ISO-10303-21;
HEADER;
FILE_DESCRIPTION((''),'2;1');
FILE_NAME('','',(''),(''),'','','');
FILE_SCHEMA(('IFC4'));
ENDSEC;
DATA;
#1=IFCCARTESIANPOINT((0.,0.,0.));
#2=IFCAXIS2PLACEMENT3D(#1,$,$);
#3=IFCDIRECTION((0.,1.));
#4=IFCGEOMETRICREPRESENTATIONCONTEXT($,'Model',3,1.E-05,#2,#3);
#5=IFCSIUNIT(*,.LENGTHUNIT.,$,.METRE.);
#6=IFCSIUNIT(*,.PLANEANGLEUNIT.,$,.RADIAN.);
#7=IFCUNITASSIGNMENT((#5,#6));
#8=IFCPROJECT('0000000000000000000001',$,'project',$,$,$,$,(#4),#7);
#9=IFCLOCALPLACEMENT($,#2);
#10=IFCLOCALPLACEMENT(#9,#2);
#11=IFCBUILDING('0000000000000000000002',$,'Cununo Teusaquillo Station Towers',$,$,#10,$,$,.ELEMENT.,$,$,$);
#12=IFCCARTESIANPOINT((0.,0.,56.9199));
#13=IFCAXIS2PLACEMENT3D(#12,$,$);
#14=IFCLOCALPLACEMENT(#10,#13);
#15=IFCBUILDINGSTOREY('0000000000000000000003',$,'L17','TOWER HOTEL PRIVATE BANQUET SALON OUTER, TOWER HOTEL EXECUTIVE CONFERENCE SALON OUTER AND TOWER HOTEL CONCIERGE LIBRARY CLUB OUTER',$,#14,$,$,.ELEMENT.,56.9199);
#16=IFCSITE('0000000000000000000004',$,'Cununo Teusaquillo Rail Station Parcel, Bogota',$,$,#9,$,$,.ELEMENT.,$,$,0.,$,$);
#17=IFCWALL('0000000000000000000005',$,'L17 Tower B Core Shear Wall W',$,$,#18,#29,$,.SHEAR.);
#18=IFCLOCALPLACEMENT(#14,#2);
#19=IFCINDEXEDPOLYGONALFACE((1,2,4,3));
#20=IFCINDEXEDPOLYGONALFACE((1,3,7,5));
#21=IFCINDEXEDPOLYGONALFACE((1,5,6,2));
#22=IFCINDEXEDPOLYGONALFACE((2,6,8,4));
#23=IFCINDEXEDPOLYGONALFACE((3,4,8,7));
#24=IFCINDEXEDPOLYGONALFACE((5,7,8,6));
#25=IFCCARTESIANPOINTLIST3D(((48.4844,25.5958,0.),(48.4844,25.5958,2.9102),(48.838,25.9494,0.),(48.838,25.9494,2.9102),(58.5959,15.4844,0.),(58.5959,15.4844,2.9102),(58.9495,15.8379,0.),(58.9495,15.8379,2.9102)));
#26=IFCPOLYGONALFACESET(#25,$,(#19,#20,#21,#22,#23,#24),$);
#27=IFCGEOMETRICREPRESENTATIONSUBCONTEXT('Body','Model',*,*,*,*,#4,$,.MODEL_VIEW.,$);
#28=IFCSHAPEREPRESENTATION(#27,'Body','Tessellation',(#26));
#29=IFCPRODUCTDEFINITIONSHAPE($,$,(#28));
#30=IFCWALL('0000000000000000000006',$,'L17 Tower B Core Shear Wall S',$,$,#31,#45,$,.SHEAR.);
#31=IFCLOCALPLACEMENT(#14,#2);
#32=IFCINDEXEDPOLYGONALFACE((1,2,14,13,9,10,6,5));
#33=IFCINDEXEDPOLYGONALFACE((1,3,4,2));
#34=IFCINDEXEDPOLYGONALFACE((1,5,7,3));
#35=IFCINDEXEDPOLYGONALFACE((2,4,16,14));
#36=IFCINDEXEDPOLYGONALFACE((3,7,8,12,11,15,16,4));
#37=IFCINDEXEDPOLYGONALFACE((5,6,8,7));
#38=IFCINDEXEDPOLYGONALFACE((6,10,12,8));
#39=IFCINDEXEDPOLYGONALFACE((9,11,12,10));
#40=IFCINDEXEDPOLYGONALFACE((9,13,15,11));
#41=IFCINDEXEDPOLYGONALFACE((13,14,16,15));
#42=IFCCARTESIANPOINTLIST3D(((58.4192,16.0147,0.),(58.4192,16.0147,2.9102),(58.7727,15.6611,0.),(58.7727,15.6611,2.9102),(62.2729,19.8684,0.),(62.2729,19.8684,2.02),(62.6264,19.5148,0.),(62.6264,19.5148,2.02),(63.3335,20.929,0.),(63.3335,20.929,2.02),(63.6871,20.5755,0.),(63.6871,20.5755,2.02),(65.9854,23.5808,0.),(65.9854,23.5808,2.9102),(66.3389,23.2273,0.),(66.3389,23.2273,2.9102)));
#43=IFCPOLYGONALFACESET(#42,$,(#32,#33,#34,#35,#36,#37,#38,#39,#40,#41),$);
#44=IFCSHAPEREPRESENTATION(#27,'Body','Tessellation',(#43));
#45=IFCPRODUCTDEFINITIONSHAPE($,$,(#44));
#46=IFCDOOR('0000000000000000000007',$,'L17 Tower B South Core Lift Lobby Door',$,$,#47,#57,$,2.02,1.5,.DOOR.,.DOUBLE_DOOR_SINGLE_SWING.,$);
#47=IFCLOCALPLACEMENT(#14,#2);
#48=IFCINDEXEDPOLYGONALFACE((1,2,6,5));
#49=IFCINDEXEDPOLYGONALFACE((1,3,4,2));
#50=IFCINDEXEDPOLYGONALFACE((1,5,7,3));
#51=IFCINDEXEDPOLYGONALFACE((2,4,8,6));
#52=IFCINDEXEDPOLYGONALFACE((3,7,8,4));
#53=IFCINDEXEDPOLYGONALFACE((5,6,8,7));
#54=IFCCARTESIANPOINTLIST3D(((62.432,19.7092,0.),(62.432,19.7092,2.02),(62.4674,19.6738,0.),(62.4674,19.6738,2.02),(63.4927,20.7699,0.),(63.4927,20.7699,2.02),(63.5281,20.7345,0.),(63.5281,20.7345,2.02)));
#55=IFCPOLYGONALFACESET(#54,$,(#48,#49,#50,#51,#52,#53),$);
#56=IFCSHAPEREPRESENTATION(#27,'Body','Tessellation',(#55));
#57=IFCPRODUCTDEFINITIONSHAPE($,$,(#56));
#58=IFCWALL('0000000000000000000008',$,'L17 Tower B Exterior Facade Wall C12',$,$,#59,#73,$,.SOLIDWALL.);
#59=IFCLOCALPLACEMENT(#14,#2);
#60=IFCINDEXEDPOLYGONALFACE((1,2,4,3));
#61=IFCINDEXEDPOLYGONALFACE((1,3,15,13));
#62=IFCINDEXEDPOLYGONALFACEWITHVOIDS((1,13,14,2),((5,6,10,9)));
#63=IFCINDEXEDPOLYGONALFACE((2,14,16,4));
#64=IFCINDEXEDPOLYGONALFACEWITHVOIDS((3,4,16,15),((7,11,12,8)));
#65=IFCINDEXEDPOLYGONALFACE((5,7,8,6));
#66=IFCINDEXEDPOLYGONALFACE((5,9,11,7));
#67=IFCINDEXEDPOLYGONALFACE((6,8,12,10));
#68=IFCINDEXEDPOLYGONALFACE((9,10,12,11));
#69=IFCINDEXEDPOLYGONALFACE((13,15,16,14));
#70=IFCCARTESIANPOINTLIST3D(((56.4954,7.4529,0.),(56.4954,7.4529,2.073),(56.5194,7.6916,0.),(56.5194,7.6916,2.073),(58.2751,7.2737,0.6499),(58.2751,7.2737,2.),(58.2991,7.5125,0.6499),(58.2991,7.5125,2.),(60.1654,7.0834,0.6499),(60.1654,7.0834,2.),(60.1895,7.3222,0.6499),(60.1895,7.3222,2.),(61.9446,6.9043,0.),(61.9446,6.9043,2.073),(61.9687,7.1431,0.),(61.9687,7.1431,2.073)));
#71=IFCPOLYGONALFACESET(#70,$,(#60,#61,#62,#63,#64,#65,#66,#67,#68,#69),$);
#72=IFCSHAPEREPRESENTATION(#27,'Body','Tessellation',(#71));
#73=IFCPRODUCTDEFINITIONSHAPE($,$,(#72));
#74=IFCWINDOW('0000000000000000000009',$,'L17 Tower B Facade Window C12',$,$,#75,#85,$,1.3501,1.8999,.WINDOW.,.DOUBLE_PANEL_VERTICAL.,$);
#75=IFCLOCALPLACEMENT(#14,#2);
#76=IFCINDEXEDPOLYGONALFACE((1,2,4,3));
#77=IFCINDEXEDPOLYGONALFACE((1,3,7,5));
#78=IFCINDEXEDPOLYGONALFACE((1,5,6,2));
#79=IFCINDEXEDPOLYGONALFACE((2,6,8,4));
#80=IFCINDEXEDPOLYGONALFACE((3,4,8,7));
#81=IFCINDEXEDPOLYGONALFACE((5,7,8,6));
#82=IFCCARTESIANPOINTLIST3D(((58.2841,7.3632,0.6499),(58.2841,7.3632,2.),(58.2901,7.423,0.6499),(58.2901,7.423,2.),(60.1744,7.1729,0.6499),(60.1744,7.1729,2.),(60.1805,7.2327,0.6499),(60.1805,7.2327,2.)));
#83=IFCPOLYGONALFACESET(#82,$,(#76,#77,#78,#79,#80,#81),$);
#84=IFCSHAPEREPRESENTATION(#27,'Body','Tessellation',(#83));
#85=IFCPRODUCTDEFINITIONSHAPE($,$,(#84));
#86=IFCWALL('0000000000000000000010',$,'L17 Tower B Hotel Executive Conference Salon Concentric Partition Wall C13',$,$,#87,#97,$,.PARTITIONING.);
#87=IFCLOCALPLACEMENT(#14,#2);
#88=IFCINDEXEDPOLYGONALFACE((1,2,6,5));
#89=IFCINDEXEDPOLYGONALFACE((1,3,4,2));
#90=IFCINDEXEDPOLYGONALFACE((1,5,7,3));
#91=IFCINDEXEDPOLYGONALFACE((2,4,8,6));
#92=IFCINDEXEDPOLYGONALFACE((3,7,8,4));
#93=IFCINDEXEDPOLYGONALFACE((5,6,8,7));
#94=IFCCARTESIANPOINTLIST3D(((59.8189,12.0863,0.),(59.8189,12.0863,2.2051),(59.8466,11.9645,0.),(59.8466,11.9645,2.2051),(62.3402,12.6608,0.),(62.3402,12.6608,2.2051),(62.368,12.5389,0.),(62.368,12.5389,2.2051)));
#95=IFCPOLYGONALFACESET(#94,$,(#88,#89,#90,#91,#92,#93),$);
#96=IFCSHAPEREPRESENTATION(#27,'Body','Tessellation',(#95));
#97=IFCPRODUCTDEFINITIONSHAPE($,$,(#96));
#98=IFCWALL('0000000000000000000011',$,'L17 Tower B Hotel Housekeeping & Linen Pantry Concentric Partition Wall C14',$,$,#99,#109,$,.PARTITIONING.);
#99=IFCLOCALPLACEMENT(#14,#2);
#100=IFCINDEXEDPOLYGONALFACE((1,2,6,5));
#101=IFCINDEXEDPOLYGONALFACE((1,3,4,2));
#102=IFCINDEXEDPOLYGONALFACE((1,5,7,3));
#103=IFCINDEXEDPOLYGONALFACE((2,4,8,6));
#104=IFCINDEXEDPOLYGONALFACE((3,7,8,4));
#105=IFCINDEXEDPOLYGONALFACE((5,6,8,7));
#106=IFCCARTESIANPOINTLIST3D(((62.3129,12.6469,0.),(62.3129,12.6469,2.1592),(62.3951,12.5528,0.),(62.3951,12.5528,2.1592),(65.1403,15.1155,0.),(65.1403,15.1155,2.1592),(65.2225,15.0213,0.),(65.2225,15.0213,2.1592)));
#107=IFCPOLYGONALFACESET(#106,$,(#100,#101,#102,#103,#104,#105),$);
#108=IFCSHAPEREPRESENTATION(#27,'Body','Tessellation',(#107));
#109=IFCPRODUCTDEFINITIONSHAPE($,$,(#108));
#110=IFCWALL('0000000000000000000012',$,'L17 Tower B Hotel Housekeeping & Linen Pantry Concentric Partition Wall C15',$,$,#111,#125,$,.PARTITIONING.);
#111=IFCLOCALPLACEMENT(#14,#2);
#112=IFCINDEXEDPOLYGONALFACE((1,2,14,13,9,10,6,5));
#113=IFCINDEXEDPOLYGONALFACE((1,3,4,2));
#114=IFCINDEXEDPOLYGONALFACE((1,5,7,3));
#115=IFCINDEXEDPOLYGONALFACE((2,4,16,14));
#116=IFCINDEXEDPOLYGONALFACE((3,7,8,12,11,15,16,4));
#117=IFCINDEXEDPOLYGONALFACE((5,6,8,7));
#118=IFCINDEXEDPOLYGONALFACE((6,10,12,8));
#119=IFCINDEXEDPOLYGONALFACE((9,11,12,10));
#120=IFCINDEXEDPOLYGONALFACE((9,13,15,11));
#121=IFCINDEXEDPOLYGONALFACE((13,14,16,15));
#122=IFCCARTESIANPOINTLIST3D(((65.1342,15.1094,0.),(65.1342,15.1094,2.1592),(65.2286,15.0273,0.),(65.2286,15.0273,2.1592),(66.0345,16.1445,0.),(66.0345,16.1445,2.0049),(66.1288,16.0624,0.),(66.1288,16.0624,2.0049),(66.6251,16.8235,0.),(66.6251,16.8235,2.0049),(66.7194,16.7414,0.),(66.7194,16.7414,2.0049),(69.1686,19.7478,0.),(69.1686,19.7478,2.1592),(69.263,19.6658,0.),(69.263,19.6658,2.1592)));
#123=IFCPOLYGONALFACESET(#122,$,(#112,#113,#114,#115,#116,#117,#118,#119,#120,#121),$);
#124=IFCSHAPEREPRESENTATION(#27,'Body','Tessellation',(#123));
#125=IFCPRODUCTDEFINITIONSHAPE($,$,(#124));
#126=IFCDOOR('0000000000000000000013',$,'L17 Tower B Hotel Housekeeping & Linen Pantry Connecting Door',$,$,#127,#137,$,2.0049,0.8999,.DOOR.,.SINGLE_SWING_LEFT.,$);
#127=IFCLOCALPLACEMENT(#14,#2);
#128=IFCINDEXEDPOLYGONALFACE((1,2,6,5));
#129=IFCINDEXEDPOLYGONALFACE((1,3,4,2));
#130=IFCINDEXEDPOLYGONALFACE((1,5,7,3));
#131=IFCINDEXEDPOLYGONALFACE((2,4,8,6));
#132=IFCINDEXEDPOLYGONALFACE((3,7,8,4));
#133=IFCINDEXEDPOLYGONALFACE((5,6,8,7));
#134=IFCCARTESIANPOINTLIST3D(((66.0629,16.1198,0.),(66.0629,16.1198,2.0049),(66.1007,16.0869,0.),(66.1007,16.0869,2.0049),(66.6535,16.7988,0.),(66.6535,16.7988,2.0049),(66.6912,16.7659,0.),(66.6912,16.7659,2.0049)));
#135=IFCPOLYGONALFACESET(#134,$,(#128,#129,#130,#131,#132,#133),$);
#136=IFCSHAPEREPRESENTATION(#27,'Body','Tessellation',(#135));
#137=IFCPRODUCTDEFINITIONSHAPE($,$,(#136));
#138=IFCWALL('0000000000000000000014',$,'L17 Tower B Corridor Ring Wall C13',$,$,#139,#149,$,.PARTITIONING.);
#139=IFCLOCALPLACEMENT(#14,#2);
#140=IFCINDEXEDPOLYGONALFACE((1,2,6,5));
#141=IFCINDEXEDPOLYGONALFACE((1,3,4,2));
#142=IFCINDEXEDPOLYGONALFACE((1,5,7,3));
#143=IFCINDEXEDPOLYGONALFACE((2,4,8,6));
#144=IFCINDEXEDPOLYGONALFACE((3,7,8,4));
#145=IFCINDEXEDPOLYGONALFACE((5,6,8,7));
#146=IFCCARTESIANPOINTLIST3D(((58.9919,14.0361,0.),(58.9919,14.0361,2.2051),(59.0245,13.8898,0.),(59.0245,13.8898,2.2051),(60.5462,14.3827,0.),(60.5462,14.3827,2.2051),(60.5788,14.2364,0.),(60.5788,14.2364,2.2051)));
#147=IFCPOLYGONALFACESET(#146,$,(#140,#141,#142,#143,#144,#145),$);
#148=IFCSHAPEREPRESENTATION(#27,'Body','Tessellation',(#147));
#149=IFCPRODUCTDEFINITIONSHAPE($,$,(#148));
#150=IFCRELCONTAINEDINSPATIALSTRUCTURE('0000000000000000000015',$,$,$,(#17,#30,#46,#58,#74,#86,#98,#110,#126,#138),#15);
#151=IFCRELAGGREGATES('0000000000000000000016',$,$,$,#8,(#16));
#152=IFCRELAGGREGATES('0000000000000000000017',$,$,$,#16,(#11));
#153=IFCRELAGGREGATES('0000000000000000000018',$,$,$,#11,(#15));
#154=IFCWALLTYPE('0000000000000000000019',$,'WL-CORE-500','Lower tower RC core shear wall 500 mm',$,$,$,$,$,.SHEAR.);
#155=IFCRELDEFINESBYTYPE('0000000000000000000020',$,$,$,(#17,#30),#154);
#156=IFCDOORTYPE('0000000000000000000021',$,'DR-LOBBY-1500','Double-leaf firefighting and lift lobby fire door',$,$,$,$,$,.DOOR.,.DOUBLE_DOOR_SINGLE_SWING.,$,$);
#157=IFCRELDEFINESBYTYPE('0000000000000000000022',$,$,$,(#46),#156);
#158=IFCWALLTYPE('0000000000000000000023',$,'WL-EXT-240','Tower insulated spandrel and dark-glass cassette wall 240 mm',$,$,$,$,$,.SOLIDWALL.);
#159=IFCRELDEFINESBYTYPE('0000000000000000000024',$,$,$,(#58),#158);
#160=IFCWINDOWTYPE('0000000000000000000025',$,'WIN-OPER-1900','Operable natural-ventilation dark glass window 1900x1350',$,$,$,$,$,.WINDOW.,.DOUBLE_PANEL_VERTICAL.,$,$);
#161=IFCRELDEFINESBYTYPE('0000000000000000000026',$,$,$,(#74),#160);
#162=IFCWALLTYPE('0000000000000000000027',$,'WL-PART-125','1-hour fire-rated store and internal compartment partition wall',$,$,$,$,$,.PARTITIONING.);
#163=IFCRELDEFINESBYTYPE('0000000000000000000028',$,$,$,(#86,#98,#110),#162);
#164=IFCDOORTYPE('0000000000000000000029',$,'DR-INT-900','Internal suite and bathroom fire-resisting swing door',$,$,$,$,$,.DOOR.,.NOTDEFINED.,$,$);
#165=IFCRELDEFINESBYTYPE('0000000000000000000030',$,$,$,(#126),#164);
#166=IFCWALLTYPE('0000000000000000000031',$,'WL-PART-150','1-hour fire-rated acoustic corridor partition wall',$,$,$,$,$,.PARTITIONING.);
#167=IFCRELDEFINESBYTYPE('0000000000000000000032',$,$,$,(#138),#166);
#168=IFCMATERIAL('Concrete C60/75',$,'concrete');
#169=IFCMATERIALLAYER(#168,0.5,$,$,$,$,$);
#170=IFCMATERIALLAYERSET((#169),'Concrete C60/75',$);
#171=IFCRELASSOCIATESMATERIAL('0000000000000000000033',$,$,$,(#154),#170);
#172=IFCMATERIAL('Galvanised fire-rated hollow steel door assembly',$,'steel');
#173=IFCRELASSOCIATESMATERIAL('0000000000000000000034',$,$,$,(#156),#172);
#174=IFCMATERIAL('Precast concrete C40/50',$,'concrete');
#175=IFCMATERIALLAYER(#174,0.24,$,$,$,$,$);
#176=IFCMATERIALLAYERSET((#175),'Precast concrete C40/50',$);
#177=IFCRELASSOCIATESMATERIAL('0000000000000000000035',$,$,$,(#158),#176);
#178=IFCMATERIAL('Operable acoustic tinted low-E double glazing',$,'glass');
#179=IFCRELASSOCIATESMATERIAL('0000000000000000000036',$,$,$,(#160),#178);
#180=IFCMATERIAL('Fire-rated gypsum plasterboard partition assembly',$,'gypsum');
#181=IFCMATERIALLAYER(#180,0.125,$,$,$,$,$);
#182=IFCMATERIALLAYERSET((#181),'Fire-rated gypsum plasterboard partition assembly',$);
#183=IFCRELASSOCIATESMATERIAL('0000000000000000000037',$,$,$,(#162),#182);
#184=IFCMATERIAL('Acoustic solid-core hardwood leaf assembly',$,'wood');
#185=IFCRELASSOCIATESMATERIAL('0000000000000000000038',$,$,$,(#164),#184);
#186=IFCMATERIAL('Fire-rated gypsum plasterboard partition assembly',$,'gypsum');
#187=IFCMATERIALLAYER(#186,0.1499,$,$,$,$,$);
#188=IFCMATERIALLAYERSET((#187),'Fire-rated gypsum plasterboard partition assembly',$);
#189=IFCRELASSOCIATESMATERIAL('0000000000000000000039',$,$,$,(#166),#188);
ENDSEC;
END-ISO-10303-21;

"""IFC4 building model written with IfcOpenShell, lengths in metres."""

from ifc_helpers import new_model, si_unit, direction, frame, frame_2d, origin, place, context, subcontext, project, spatial, rectangle, extrude, source, transform, mapped, material, layer, layer_set, type_object, element, fill, save


model = new_model("IFC4")

# Units and contexts
model_context = context("Model", 3, precision=1e-05, world=origin(), true_north=direction((0.0, 1.0)))
body_context = subcontext(model_context, "Body", "Model", "MODEL_VIEW")
ifc_project = project(units=[si_unit("LENGTHUNIT", "METRE"), si_unit("PLANEANGLEUNIT", "RADIAN")], contexts=[model_context])

# Site, building, storey
site_placement = place(None, origin())
site = spatial("IfcSite", under=ifc_project, at=site_placement, Name="Cununo Teusaquillo Rail Station Parcel, Bogota", CompositionType="ELEMENT", RefElevation=0.0)
building_placement = place(site_placement, origin())
building = spatial("IfcBuilding", under=site, at=building_placement, Name="Cununo Teusaquillo Station Towers", CompositionType="ELEMENT")
storey_placement = place(building_placement, frame((0.0, 0.0, 56.9199)))
storey = spatial("IfcBuildingStorey", under=building, at=storey_placement, Name="L17", Description="TOWER HOTEL PRIVATE BANQUET SALON OUTER, TOWER HOTEL EXECUTIVE CONFERENCE SALON OUTER AND TOWER HOTEL CONCIERGE LIBRARY CLUB OUTER", CompositionType="ELEMENT", Elevation=56.9199)

# Wall
ifc_material_1 = material(Name="Concrete C60/75", Category="concrete")
ifc_layer_1 = layer(ifc_material_1, 0.5)
ifc_layer_set_1 = layer_set([ifc_layer_1], Name="Concrete C60/75")
wall_type_1 = type_object("IfcWallType", Name="WL-CORE-500", Description="Lower tower RC core shear wall 500 mm", PredefinedType="SHEAR", material=ifc_layer_set_1)
wall_1_placement = place(storey_placement, frame((58.7727, 15.6611, 0.0), z_axis=(0.0, 0.0, 1.0), x_axis=(-0.707107, 0.707107, 0.0)))
element("IfcWall", 1, at=wall_1_placement, inside=storey, type_object=wall_type_1, Name="L17 Tower B Core Shear Wall W", PredefinedType="SHEAR", context=body_context, shape_type="SweptSolid", body=[
    extrude(rectangle(XDim=14.2998, YDim=0.5, at=frame_2d((7.1499, 0.0))), origin(), (0.0, 0.0, 1.0), 2.9102),
])

# Wall, opening, door
wall_2_placement = place(storey_placement, frame((58.5959, 15.8379, 0.0), z_axis=(0.0, 0.0, 1.0), x_axis=(0.707107, 0.707107, 0.0)))
wall_2 = element("IfcWall", 2, at=wall_2_placement, inside=storey, type_object=wall_type_1, Name="L17 Tower B Core Shear Wall S", PredefinedType="SHEAR", context=body_context, shape_type="SweptSolid", body=[
    extrude(rectangle(XDim=10.7002, YDim=0.5, at=frame_2d((5.3501, 0.0))), origin(), (0.0, 0.0, 1.0), 2.9102),
])
shared_shape_1 = source(origin(), body_context, "Body", "SweptSolid", [
    extrude(rectangle(XDim=1.5, YDim=2.02, at=frame_2d((0.75, 1.01))), frame((0.0, 0.26, 0.0), z_axis=(0.0, -1.0, 0.0), x_axis=(1.0, 0.0, 0.0)), (0.0, 0.0, 1.0), 0.52),
])
opening_1_placement = place(wall_2_placement, frame((5.45, 0.0, 0.0)))
opening_1 = element("IfcOpeningElement", 3, at=opening_1_placement, cuts=wall_2, PredefinedType="OPENING", context=body_context, shape_type="MappedRepresentation", body=[
    mapped(shared_shape_1, transform((0.0, 0.0, 0.0), x_axis=(1.0, 0.0, 0.0), y_axis=(0.0, 1.0, 0.0), z_axis=(0.0, 0.0, 1.0), scale=1.0)),
])
ifc_material_2 = material(Name="Galvanised fire-rated hollow steel door assembly", Category="steel")
door_type_1 = type_object("IfcDoorType", Name="DR-LOBBY-1500", Description="Double-leaf firefighting and lift lobby fire door", OperationType="DOUBLE_DOOR_SINGLE_SWING", PredefinedType="DOOR", material=ifc_material_2)
shared_shape_2 = source(origin(), body_context, "Body", "SweptSolid", [
    extrude(rectangle(XDim=1.5, YDim=2.02, at=frame_2d((0.75, 1.01))), frame((0.0, 0.0249, 0.0), z_axis=(0.0, -1.0, 0.0), x_axis=(1.0, 0.0, 0.0)), (0.0, 0.0, 1.0), 0.05),
])
door_1_placement = place(opening_1_placement, origin())
door_1 = element("IfcDoor", 4, at=door_1_placement, inside=storey, type_object=door_type_1, Name="L17 Tower B South Core Lift Lobby Door", OperationType="DOUBLE_DOOR_SINGLE_SWING", OverallHeight=2.02, OverallWidth=1.5, PredefinedType="DOOR", context=body_context, shape_type="MappedRepresentation", body=[
    mapped(shared_shape_2, transform((0.0, 0.0, 0.0), x_axis=(1.0, 0.0, 0.0), y_axis=(0.0, 1.0, 0.0), z_axis=(0.0, 0.0, 1.0), scale=1.0)),
])
fill(opening_1, door_1)

# Wall, opening, window
ifc_material_3 = material(Name="Precast concrete C40/50", Category="concrete")
ifc_layer_2 = layer(ifc_material_3, 0.24)
ifc_layer_set_2 = layer_set([ifc_layer_2], Name="Precast concrete C40/50")
wall_type_2 = type_object("IfcWallType", Name="WL-EXT-240", Description="Tower insulated spandrel and dark-glass cassette wall 240 mm", PredefinedType="SOLIDWALL", material=ifc_layer_set_2)
wall_3_placement = place(storey_placement, frame((61.9565, 7.0237, 0.0), z_axis=(0.0, 0.0, 1.0), x_axis=(-0.994971, 0.100166, 0.0)))
wall_3 = element("IfcWall", 5, at=wall_3_placement, inside=storey, type_object=wall_type_2, Name="L17 Tower B Exterior Facade Wall C12", PredefinedType="SOLIDWALL", context=body_context, shape_type="SweptSolid", body=[
    extrude(rectangle(XDim=5.4768, YDim=0.24, at=frame_2d((2.7383, 0.0))), origin(), (0.0, 0.0, 1.0), 2.073),
])
shared_shape_3 = source(origin(), body_context, "Body", "SweptSolid", [
    extrude(rectangle(XDim=1.8999, YDim=1.3501, at=frame_2d((0.95, 0.675))), frame((0.0, 0.1299, 0.0), z_axis=(0.0, -1.0, 0.0), x_axis=(1.0, 0.0, 0.0)), (0.0, 0.0, 1.0), 0.26),
])
opening_2_placement = place(wall_3_placement, frame((1.7881, 0.0, 0.6499)))
opening_2 = element("IfcOpeningElement", 6, at=opening_2_placement, cuts=wall_3, PredefinedType="OPENING", context=body_context, shape_type="MappedRepresentation", body=[
    mapped(shared_shape_3, transform((0.0, 0.0, 0.0), x_axis=(1.0, 0.0, 0.0), y_axis=(0.0, 1.0, 0.0), z_axis=(0.0, 0.0, 1.0), scale=1.0)),
])
ifc_material_4 = material(Name="Operable acoustic tinted low-E double glazing", Category="glass")
window_type = type_object("IfcWindowType", Name="WIN-OPER-1900", Description="Operable natural-ventilation dark glass window 1900x1350", PartitioningType="DOUBLE_PANEL_VERTICAL", PredefinedType="WINDOW", material=ifc_material_4)
shared_shape_4 = source(origin(), body_context, "Body", "SweptSolid", [
    extrude(rectangle(XDim=1.8999, YDim=1.3501, at=frame_2d((0.95, 0.675))), frame((0.0, 0.03, 0.0), z_axis=(0.0, -1.0, 0.0), x_axis=(1.0, 0.0, 0.0)), (0.0, 0.0, 1.0), 0.0601),
])
window_placement = place(opening_2_placement, origin())
window = element("IfcWindow", 7, at=window_placement, inside=storey, type_object=window_type, Name="L17 Tower B Facade Window C12", OverallHeight=1.3501, OverallWidth=1.8999, PartitioningType="DOUBLE_PANEL_VERTICAL", PredefinedType="WINDOW", context=body_context, shape_type="MappedRepresentation", body=[
    mapped(shared_shape_4, transform((0.0, 0.0, 0.0), x_axis=(1.0, 0.0, 0.0), y_axis=(0.0, 1.0, 0.0), z_axis=(0.0, 0.0, 1.0), scale=1.0)),
])
fill(opening_2, window)

# Walls
ifc_material_5 = material(Name="Fire-rated gypsum plasterboard partition assembly", Category="gypsum")
ifc_layer_3 = layer(ifc_material_5, 0.125)
ifc_layer_set_3 = layer_set([ifc_layer_3], Name="Fire-rated gypsum plasterboard partition assembly")
wall_type_3 = type_object("IfcWallType", Name="WL-PART-125", Description="1-hour fire-rated store and internal compartment partition wall", PredefinedType="PARTITIONING", material=ifc_layer_set_3)
wall_4_placement = place(storey_placement, frame((59.8328, 12.0254, 0.0), z_axis=(0.0, 0.0, 1.0), x_axis=(0.975011, 0.222156, 0.0)))
element("IfcWall", 8, at=wall_4_placement, inside=storey, type_object=wall_type_3, Name="L17 Tower B Hotel Executive Conference Salon Concentric Partition Wall C13", PredefinedType="PARTITIONING", context=body_context, shape_type="SweptSolid", body=[
    extrude(rectangle(XDim=2.5859, YDim=0.125, at=frame_2d((1.293, 0.0))), origin(), (0.0, 0.0, 1.0), 2.2051),
])
wall_5_placement = place(storey_placement, frame((62.354, 12.5999, 0.0), z_axis=(0.0, 0.0, 1.0), x_axis=(0.753298, 0.65768, 0.0)))
element("IfcWall", 9, at=wall_5_placement, inside=storey, type_object=wall_type_3, Name="L17 Tower B Hotel Housekeeping & Linen Pantry Concentric Partition Wall C14", PredefinedType="PARTITIONING", context=body_context, shape_type="SweptSolid", body=[
    extrude(rectangle(XDim=3.7534, YDim=0.125, at=frame_2d((1.8767, 0.0))), origin(), (0.0, 0.0, 1.0), 2.1592),
])

# Wall, opening, door
wall_6_placement = place(storey_placement, frame((65.1814, 15.0684, 0.0), z_axis=(0.0, 0.0, 1.0), x_axis=(0.656272, 0.754524, 0.0)))
wall_6 = element("IfcWall", 10, at=wall_6_placement, inside=storey, type_object=wall_type_3, Name="L17 Tower B Hotel Housekeeping & Linen Pantry Concentric Partition Wall C15", PredefinedType="PARTITIONING", context=body_context, shape_type="SweptSolid", body=[
    extrude(rectangle(XDim=6.1475, YDim=0.125, at=frame_2d((3.0737, 0.0))), origin(), (0.0, 0.0, 1.0), 2.1592),
])
shared_shape_5 = source(origin(), body_context, "Body", "SweptSolid", [
    extrude(rectangle(XDim=0.8999, YDim=2.0049, at=frame_2d((0.45, 1.0024))), frame((0.0, 0.0725, 0.0), z_axis=(0.0, -1.0, 0.0), x_axis=(1.0, 0.0, 0.0)), (0.0, 0.0, 1.0), 0.145),
])
opening_3_placement = place(wall_6_placement, frame((1.3718, 0.0, 0.0)))
opening_3 = element("IfcOpeningElement", 11, at=opening_3_placement, cuts=wall_6, PredefinedType="OPENING", context=body_context, shape_type="MappedRepresentation", body=[
    mapped(shared_shape_5, transform((0.0, 0.0, 0.0), x_axis=(1.0, 0.0, 0.0), y_axis=(0.0, 1.0, 0.0), z_axis=(0.0, 0.0, 1.0), scale=1.0)),
])
ifc_material_6 = material(Name="Acoustic solid-core hardwood leaf assembly", Category="wood")
door_type_2 = type_object("IfcDoorType", Name="DR-INT-900", Description="Internal suite and bathroom fire-resisting swing door", OperationType="NOTDEFINED", PredefinedType="DOOR", material=ifc_material_6)
shared_shape_6 = source(origin(), body_context, "Body", "SweptSolid", [
    extrude(rectangle(XDim=0.8999, YDim=2.0049, at=frame_2d((0.45, 1.0024))), frame((0.0, 0.0249, 0.0), z_axis=(0.0, -1.0, 0.0), x_axis=(1.0, 0.0, 0.0)), (0.0, 0.0, 1.0), 0.05),
])
door_2_placement = place(opening_3_placement, origin())
door_2 = element("IfcDoor", 12, at=door_2_placement, inside=storey, type_object=door_type_2, Name="L17 Tower B Hotel Housekeeping & Linen Pantry Connecting Door", OperationType="SINGLE_SWING_LEFT", OverallHeight=2.0049, OverallWidth=0.8999, PredefinedType="DOOR", context=body_context, shape_type="MappedRepresentation", body=[
    mapped(shared_shape_6, transform((0.0, 0.0, 0.0), x_axis=(1.0, 0.0, 0.0), y_axis=(0.0, 1.0, 0.0), z_axis=(0.0, 0.0, 1.0), scale=1.0)),
])
fill(opening_3, door_2)

# Wall
ifc_material_7 = material(Name="Fire-rated gypsum plasterboard partition assembly", Category="gypsum")
ifc_layer_4 = layer(ifc_material_7, 0.1499)
ifc_layer_set_4 = layer_set([ifc_layer_4], Name="Fire-rated gypsum plasterboard partition assembly")
wall_type_4 = type_object("IfcWallType", Name="WL-PART-150", Description="1-hour fire-rated acoustic corridor partition wall", PredefinedType="PARTITIONING", material=ifc_layer_set_4)
wall_7_placement = place(storey_placement, frame((59.0081, 13.9629, 0.0), z_axis=(0.0, 0.0, 1.0), x_axis=(0.976021, 0.217677, 0.0)))
element("IfcWall", 13, at=wall_7_placement, inside=storey, type_object=wall_type_4, Name="L17 Tower B Corridor Ring Wall C13", PredefinedType="PARTITIONING", context=body_context, shape_type="SweptSolid", body=[
    extrude(rectangle(XDim=1.5925, YDim=0.1499, at=frame_2d((0.7964, 0.0))), origin(), (0.0, 0.0, 1.0), 2.2051),
])

save(model, "model.ifc")
